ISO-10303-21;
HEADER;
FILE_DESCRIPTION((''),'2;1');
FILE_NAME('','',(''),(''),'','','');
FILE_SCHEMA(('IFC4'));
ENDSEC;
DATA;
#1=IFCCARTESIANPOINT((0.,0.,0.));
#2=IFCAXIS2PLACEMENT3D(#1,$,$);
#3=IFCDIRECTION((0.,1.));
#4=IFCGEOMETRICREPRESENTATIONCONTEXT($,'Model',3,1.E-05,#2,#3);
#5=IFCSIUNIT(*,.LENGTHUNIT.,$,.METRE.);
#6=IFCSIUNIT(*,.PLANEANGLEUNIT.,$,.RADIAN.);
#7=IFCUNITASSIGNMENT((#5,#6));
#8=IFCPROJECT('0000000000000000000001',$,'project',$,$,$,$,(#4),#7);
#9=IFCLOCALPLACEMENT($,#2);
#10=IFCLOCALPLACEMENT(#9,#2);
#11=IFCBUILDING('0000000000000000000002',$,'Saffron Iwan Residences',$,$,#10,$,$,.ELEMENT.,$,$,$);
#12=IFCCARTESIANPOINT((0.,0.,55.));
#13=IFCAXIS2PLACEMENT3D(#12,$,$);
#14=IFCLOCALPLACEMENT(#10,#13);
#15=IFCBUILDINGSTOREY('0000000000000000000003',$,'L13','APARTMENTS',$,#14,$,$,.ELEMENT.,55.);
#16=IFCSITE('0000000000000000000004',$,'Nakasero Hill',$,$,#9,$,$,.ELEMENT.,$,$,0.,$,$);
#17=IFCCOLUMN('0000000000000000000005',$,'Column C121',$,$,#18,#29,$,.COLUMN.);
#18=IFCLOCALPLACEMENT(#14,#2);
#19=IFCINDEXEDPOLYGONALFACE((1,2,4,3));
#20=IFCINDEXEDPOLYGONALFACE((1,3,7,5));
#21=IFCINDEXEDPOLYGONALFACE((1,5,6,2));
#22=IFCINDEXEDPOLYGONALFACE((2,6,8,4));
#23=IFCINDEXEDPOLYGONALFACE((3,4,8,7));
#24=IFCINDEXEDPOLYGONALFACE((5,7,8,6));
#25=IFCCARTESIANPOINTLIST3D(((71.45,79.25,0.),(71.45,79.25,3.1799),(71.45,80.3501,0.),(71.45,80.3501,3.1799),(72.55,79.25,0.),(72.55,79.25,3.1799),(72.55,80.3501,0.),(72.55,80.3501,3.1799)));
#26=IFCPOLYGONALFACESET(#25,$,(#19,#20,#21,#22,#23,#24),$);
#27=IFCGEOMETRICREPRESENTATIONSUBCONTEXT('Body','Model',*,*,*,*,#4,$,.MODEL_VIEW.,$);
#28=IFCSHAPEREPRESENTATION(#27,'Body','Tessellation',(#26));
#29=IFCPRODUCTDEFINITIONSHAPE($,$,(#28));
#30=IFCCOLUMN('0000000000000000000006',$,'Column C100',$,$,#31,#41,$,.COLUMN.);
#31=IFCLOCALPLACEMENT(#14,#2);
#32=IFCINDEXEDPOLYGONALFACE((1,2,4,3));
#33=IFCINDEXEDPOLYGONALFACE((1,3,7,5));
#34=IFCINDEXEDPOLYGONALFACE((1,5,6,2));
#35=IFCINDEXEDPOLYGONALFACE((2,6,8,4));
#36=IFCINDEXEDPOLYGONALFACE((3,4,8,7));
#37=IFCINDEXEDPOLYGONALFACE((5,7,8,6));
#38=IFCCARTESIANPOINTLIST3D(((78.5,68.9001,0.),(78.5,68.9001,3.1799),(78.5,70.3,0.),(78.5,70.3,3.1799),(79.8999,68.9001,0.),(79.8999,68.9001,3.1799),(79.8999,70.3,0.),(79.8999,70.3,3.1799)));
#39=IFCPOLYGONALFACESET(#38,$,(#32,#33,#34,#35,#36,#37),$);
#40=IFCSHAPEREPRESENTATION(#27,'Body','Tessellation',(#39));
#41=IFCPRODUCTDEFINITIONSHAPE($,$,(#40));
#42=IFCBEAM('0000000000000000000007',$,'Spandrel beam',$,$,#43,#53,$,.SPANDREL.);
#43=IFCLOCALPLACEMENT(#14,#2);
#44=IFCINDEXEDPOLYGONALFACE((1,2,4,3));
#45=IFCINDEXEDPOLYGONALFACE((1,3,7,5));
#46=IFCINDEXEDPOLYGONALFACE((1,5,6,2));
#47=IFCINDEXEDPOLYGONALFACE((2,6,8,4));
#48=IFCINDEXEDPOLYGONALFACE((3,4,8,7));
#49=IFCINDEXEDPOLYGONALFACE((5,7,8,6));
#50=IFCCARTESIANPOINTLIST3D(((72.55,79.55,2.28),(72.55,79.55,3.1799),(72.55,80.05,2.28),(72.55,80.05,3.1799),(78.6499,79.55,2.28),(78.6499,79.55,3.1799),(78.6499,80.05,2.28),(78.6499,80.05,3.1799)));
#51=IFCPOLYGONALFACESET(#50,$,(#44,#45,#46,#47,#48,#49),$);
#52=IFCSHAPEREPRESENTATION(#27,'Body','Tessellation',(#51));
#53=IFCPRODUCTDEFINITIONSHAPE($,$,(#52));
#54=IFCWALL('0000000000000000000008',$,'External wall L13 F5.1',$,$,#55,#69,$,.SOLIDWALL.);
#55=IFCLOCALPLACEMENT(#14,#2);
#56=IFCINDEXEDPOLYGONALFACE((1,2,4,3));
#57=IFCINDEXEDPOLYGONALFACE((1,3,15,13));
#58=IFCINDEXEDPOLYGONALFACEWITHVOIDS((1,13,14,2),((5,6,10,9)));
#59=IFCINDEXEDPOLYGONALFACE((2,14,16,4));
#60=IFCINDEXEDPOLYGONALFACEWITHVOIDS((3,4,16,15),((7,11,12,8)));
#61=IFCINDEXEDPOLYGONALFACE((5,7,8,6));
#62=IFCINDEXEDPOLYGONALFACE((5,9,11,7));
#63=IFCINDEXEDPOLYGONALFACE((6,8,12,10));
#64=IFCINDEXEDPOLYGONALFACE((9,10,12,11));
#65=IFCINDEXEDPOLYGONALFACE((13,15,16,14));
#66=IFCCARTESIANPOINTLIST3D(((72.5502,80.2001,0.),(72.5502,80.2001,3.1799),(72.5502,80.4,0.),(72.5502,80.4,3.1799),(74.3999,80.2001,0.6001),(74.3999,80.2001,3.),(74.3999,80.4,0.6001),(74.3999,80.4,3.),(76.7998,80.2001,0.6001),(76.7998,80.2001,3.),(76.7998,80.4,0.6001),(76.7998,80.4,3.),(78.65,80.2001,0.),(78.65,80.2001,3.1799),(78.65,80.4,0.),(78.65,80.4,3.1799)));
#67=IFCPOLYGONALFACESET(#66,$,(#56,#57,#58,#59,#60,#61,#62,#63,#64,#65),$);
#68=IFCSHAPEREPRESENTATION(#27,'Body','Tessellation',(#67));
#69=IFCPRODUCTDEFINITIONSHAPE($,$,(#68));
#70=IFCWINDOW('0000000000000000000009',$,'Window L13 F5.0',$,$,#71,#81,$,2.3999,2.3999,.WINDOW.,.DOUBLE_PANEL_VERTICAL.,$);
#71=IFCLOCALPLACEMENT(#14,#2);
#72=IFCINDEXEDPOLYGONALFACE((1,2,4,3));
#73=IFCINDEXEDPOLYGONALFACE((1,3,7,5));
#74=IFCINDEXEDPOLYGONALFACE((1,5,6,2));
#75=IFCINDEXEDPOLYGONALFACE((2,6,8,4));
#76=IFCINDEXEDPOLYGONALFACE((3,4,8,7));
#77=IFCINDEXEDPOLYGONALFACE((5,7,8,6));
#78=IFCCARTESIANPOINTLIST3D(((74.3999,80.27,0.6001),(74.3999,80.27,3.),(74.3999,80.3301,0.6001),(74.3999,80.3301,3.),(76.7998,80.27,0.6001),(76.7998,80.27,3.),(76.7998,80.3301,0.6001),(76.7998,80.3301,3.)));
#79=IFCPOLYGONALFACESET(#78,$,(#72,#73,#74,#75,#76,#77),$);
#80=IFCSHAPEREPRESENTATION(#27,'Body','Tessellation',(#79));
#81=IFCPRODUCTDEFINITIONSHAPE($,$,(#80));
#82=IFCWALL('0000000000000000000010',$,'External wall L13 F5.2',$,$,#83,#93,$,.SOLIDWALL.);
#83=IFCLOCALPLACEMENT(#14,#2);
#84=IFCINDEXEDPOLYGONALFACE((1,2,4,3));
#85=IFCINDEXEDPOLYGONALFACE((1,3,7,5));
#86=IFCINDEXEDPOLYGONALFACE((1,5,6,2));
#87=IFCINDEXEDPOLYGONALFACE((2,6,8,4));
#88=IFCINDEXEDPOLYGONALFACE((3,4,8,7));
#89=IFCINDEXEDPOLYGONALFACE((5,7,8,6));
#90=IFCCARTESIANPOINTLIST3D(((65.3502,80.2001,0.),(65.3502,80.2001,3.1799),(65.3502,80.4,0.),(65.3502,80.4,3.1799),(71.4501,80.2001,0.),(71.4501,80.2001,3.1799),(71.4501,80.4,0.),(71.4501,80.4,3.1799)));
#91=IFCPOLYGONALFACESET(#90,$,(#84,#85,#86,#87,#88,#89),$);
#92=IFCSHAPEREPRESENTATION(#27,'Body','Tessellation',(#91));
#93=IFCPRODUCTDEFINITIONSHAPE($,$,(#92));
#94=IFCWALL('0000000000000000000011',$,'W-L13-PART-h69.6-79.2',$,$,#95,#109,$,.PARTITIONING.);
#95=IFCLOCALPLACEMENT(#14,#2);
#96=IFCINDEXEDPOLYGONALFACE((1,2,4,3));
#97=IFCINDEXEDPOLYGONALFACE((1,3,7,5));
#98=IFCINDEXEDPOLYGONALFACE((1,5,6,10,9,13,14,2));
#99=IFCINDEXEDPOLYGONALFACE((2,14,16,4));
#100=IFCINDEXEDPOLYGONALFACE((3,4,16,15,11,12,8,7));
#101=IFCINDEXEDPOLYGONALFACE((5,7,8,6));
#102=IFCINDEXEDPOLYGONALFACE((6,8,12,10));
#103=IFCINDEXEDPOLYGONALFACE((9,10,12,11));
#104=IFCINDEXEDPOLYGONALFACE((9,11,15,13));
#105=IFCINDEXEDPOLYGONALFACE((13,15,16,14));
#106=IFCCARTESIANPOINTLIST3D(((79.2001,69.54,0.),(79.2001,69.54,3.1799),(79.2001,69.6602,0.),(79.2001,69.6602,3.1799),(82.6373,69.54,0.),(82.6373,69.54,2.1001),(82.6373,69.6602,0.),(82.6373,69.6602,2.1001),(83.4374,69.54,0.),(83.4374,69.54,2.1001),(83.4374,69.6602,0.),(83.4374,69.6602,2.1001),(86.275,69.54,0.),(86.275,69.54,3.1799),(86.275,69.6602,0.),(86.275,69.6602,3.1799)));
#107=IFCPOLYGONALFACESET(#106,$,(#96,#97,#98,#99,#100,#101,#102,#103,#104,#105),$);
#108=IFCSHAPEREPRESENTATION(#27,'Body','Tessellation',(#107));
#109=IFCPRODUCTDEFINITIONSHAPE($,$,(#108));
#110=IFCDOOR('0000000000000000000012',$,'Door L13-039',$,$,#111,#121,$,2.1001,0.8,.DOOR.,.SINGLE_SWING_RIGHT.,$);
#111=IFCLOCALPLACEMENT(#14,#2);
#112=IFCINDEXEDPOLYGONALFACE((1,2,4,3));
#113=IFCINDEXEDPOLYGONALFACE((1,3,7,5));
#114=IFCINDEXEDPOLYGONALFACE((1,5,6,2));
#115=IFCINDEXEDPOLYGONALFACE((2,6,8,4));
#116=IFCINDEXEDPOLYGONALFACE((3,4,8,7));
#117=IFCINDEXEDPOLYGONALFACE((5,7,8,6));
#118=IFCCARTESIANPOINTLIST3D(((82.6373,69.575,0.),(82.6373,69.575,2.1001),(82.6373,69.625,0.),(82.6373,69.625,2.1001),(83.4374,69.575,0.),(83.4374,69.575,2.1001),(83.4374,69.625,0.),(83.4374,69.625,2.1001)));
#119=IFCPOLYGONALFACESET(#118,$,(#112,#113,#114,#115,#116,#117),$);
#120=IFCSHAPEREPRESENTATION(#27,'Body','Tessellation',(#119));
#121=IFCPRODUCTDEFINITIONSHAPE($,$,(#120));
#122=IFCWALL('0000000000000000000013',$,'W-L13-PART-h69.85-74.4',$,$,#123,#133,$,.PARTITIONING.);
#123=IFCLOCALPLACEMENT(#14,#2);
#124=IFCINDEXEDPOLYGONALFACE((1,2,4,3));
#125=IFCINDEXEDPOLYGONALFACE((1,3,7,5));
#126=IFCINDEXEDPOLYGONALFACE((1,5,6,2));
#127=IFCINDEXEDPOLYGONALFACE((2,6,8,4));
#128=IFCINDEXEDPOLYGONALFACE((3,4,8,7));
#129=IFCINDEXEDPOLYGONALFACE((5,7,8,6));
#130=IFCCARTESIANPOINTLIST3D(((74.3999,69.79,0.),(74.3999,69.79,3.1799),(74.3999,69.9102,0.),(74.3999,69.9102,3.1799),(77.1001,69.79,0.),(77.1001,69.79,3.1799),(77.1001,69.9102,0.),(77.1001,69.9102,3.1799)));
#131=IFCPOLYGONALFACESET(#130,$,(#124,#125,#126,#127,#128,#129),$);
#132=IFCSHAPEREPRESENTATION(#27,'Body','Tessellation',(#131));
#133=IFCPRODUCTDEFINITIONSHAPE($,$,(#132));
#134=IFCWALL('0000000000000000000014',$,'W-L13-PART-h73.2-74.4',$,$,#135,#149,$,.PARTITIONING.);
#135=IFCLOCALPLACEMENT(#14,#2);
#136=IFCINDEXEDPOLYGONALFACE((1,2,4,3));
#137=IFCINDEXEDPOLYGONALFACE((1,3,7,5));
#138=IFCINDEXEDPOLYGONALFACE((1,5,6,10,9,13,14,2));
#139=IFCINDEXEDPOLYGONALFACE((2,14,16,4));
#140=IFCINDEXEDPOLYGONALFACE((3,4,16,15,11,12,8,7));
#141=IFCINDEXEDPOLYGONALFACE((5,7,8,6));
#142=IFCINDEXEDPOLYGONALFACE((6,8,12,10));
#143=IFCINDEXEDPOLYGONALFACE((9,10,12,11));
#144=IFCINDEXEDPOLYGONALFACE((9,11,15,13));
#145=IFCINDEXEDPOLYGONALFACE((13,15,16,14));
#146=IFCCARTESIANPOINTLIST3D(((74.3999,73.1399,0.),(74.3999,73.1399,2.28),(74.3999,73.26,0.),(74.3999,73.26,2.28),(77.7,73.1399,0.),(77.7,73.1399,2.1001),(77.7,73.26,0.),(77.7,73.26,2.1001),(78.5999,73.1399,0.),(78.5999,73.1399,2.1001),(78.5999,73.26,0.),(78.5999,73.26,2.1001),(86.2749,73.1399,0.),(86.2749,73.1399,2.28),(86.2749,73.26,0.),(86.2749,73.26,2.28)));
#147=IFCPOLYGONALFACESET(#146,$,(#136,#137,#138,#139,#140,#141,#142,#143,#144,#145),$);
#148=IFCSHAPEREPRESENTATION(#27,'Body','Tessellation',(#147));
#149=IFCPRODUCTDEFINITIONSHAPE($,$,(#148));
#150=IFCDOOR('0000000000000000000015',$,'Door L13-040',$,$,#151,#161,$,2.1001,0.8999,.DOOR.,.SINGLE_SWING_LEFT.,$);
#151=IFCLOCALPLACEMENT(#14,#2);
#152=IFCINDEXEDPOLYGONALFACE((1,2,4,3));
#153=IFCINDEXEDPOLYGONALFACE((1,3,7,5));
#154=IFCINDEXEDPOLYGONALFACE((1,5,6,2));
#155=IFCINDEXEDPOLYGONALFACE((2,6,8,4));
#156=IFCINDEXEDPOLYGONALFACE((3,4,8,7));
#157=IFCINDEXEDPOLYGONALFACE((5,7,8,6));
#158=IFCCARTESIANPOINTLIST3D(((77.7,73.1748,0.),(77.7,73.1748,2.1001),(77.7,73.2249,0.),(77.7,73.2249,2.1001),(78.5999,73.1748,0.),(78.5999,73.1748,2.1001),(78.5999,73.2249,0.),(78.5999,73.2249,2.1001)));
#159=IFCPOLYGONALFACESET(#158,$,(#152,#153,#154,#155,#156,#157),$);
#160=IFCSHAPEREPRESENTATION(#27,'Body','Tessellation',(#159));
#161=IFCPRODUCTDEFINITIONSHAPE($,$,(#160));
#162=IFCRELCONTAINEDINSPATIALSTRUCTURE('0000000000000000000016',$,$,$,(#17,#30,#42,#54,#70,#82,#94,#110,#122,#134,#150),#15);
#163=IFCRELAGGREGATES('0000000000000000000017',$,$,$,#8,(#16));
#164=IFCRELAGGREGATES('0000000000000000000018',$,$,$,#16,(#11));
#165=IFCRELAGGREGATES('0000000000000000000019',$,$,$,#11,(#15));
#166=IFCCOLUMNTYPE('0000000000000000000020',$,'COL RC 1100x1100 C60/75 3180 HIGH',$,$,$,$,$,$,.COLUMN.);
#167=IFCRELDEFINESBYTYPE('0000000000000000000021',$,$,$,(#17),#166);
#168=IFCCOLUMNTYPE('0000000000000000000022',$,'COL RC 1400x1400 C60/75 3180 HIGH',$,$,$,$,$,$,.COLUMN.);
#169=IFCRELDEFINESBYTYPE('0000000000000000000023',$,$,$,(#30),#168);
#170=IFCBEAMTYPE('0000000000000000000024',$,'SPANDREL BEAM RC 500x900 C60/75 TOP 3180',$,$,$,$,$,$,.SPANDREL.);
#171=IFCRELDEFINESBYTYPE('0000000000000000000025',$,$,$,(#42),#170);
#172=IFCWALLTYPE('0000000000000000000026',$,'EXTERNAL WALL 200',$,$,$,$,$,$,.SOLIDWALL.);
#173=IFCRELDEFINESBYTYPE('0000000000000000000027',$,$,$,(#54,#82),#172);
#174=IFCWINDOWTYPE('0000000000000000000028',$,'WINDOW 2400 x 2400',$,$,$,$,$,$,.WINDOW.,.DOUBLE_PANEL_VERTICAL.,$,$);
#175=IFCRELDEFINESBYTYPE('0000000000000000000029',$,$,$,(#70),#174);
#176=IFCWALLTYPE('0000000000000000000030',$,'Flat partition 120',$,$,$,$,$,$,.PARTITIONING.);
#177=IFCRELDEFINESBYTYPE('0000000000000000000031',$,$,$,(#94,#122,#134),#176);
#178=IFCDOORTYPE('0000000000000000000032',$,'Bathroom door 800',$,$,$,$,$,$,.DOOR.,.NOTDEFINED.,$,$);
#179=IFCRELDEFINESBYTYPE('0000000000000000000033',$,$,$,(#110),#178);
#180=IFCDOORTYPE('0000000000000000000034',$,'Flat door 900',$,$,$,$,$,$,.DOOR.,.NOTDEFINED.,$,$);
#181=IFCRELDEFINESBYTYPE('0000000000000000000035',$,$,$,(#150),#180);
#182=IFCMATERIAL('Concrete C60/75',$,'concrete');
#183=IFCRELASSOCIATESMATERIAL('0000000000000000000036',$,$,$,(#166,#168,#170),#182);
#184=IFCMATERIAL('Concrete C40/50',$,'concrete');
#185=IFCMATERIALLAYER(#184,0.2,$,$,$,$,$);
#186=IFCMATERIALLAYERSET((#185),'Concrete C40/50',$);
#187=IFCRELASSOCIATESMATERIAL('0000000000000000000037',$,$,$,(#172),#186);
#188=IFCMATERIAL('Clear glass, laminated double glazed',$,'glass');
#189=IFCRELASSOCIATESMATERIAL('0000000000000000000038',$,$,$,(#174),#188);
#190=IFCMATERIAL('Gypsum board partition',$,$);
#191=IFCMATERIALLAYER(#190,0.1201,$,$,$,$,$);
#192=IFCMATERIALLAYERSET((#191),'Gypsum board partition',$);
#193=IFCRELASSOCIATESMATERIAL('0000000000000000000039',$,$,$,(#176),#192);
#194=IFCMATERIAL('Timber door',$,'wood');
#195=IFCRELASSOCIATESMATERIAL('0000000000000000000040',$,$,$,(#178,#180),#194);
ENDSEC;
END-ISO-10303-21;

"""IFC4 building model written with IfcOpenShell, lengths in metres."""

from ifc_helpers import new_model, si_unit, direction, frame, frame_2d, origin, origin_2d, place, context, subcontext, project, spatial, rectangle, extrude, source, transform, mapped, material, layer, layer_set, material_profile, profile_set, type_object, element, fill, save


model = new_model("IFC4")

# Units and contexts
model_context = context("Model", 3, precision=1e-05, world=origin(), true_north=direction((0.0, 1.0)))
body_context = subcontext(model_context, "Body", "Model", "MODEL_VIEW")
ifc_project = project(units=[si_unit("LENGTHUNIT", "METRE"), si_unit("PLANEANGLEUNIT", "RADIAN")], contexts=[model_context])

# Site, building, storey
site_placement = place(None, origin())
site = spatial("IfcSite", under=ifc_project, at=site_placement, Name="Nakasero Hill", CompositionType="ELEMENT", RefElevation=0.0)
building_placement = place(site_placement, origin())
building = spatial("IfcBuilding", under=site, at=building_placement, Name="Saffron Iwan Residences", CompositionType="ELEMENT")
storey_placement = place(building_placement, frame((0.0, 0.0, 55.0)))
storey = spatial("IfcBuildingStorey", under=building, at=storey_placement, Name="L13", Description="APARTMENTS", CompositionType="ELEMENT", Elevation=55.0)

# Columns
ifc_material_1 = material(Name="Concrete C60/75", Category="concrete")
ifc_material_profile_1 = material_profile(ifc_material_1, rectangle(XDim=1.1001, YDim=1.1001, at=origin_2d()), Name="RC 1100x1100")
ifc_profile_set_1 = profile_set([ifc_material_profile_1], Name="Concrete C60/75")
column_type_1 = type_object("IfcColumnType", Name="COL RC 1100x1100 C60/75 3180 HIGH", PredefinedType="COLUMN", material=ifc_profile_set_1)
shared_shape_1 = source(origin(), body_context, "Body", "SweptSolid", [
    extrude(rectangle(XDim=1.1001, YDim=1.1001, at=origin_2d()), origin(), (0.0, 0.0, 1.0), 3.1799),
])
column_1_placement = place(storey_placement, frame((72.0, 79.8, 0.0), z_axis=(0.0, 0.0, 1.0), x_axis=(1.0, 0.0, 0.0)))
element("IfcColumn", 1, at=column_1_placement, inside=storey, type_object=column_type_1, Name="Column C121", PredefinedType="COLUMN", context=body_context, shape_type="MappedRepresentation", body=[
    mapped(shared_shape_1, transform((0.0, 0.0, 0.0))),
])
ifc_material_profile_2 = material_profile(ifc_material_1, rectangle(XDim=1.3999, YDim=1.3999, at=origin_2d()), Name="RC 1400x1400")
ifc_profile_set_2 = profile_set([ifc_material_profile_2], Name="Concrete C60/75")
column_type_2 = type_object("IfcColumnType", Name="COL RC 1400x1400 C60/75 3180 HIGH", PredefinedType="COLUMN", material=ifc_profile_set_2)
shared_shape_2 = source(origin(), body_context, "Body", "SweptSolid", [
    extrude(rectangle(XDim=1.3999, YDim=1.3999, at=origin_2d()), origin(), (0.0, 0.0, 1.0), 3.1799),
])
column_2_placement = place(storey_placement, frame((79.2, 69.6001, 0.0), z_axis=(0.0, 0.0, 1.0), x_axis=(1.0, 0.0, 0.0)))
element("IfcColumn", 2, at=column_2_placement, inside=storey, type_object=column_type_2, Name="Column C100", PredefinedType="COLUMN", context=body_context, shape_type="MappedRepresentation", body=[
    mapped(shared_shape_2, transform((0.0, 0.0, 0.0))),
])

# Beam
ifc_material_profile_3 = material_profile(ifc_material_1, rectangle(XDim=0.5, YDim=0.8999, at=origin_2d()), Name="RC 500x900")
ifc_profile_set_3 = profile_set([ifc_material_profile_3], Name="Concrete C60/75")
beam_type = type_object("IfcBeamType", Name="SPANDREL BEAM RC 500x900 C60/75 TOP 3180", PredefinedType="SPANDREL", material=ifc_profile_set_3)
shared_shape_3 = source(origin(), body_context, "Body", "SweptSolid", [
    extrude(rectangle(XDim=0.5, YDim=0.8999, at=origin_2d()), origin(), (0.0, 0.0, 1.0), 6.0999),
])
beam_placement = place(storey_placement, frame((72.55, 79.8, 2.73), z_axis=(1.0, 0.0, 0.0), x_axis=(0.0, 1.0, 0.0)))
element("IfcBeam", 3, at=beam_placement, inside=storey, type_object=beam_type, Name="Spandrel beam", PredefinedType="SPANDREL", context=body_context, shape_type="MappedRepresentation", body=[
    mapped(shared_shape_3, transform((0.0, 0.0, 0.0))),
])

# Wall, opening, window
ifc_material_2 = material(Name="Concrete C40/50", Category="concrete")
ifc_layer_1 = layer(ifc_material_2, 0.2)
ifc_layer_set_1 = layer_set([ifc_layer_1], Name="Concrete C40/50")
wall_type_1 = type_object("IfcWallType", Name="EXTERNAL WALL 200", PredefinedType="SOLIDWALL", material=ifc_layer_set_1)
wall_1_placement = place(storey_placement, frame((78.6499, 80.3, 0.0), z_axis=(0.0, 0.0, 1.0), x_axis=(-1.0, 0.0, 0.0)))
wall_1 = element("IfcWall", 4, at=wall_1_placement, inside=storey, type_object=wall_type_1, Name="External wall L13 F5.1", PredefinedType="SOLIDWALL", context=body_context, shape_type="SweptSolid", body=[
    extrude(rectangle(XDim=6.0999, YDim=0.2, at=frame_2d((3.0498, 0.0))), origin(), (0.0, 0.0, 1.0), 3.1799),
])
opening_1_placement = place(wall_1_placement, frame((1.8501, 0.0, 0.6001)))
opening_1 = element("IfcOpeningElement", 5, at=opening_1_placement, cuts=wall_1, PredefinedType="OPENING", context=body_context, shape_type="SweptSolid", body=[
    extrude(rectangle(XDim=2.3999, YDim=2.3999, at=frame_2d((1.2, 1.2))), frame((0.0, 0.1099, 0.0), z_axis=(0.0, -1.0, 0.0), x_axis=(1.0, 0.0, 0.0)), (0.0, 0.0, 1.0), 0.22),
])
ifc_material_3 = material(Name="Clear glass, laminated double glazed", Category="glass")
window_type = type_object("IfcWindowType", Name="WINDOW 2400 x 2400", PartitioningType="DOUBLE_PANEL_VERTICAL", PredefinedType="WINDOW", material=ifc_material_3)
window_placement = place(opening_1_placement, origin())
window = element("IfcWindow", 6, at=window_placement, inside=storey, type_object=window_type, Name="Window L13 F5.0", OverallHeight=2.3999, OverallWidth=2.3999, PartitioningType="DOUBLE_PANEL_VERTICAL", PredefinedType="WINDOW", context=body_context, shape_type="SweptSolid", body=[
    extrude(rectangle(XDim=2.3999, YDim=2.3999, at=frame_2d((1.2, 1.2))), frame((0.0, 0.03, 0.0), z_axis=(0.0, -1.0, 0.0), x_axis=(1.0, 0.0, 0.0)), (0.0, 0.0, 1.0), 0.0601),
])
fill(opening_1, window)

# Wall
wall_2_placement = place(storey_placement, frame((71.45, 80.3, 0.0), z_axis=(0.0, 0.0, 1.0), x_axis=(-1.0, 0.0, 0.0)))
element("IfcWall", 7, at=wall_2_placement, inside=storey, type_object=wall_type_1, Name="External wall L13 F5.2", PredefinedType="SOLIDWALL", context=body_context, shape_type="SweptSolid", body=[
    extrude(rectangle(XDim=6.0999, YDim=0.2, at=frame_2d((3.0498, 0.0))), origin(), (0.0, 0.0, 1.0), 3.1799),
])

# Wall, opening, door
ifc_material_4 = material(Name="Gypsum board partition")
ifc_layer_2 = layer(ifc_material_4, 0.1201)
ifc_layer_set_2 = layer_set([ifc_layer_2], Name="Gypsum board partition")
wall_type_2 = type_object("IfcWallType", Name="Flat partition 120", PredefinedType="PARTITIONING", material=ifc_layer_set_2)
wall_3_placement = place(storey_placement, frame((79.2, 69.6001, 0.0), z_axis=(0.0, 0.0, 1.0), x_axis=(1.0, 0.0, 0.0)))
wall_3 = element("IfcWall", 8, at=wall_3_placement, inside=storey, type_object=wall_type_2, Name="W-L13-PART-h69.6-79.2", PredefinedType="PARTITIONING", context=body_context, shape_type="SweptSolid", body=[
    extrude(rectangle(XDim=7.075, YDim=0.1201, at=frame_2d((3.5376, 0.0))), origin(), (0.0, 0.0, 1.0), 3.1799),
])
opening_2_placement = place(wall_3_placement, frame((3.4375, 0.0, 0.0)))
opening_2 = element("IfcOpeningElement", 9, at=opening_2_placement, cuts=wall_3, PredefinedType="OPENING", context=body_context, shape_type="SweptSolid", body=[
    extrude(rectangle(XDim=0.8, YDim=2.1001, at=frame_2d((0.3999, 1.05))), frame((0.0, 0.0701, 0.0), z_axis=(0.0, -1.0, 0.0), x_axis=(1.0, 0.0, 0.0)), (0.0, 0.0, 1.0), 0.1401),
])
ifc_material_5 = material(Name="Timber door", Category="wood")
door_type_1 = type_object("IfcDoorType", Name="Bathroom door 800", OperationType="NOTDEFINED", PredefinedType="DOOR", material=ifc_material_5)
door_1_placement = place(opening_2_placement, origin())
door_1 = element("IfcDoor", 10, at=door_1_placement, inside=storey, type_object=door_type_1, Name="Door L13-039", OperationType="SINGLE_SWING_RIGHT", OverallHeight=2.1001, OverallWidth=0.8, PredefinedType="DOOR", context=body_context, shape_type="SweptSolid", body=[
    extrude(rectangle(XDim=0.8, YDim=2.1001, at=frame_2d((0.3999, 1.05))), frame((0.0, 0.0249, 0.0), z_axis=(0.0, -1.0, 0.0), x_axis=(1.0, 0.0, 0.0)), (0.0, 0.0, 1.0), 0.05),
])
fill(opening_2, door_1)

# Wall
wall_4_placement = place(storey_placement, frame((74.3999, 69.8501, 0.0), z_axis=(0.0, 0.0, 1.0), x_axis=(1.0, 0.0, 0.0)))
element("IfcWall", 11, at=wall_4_placement, inside=storey, type_object=wall_type_2, Name="W-L13-PART-h69.85-74.4", PredefinedType="PARTITIONING", context=body_context, shape_type="SweptSolid", body=[
    extrude(rectangle(XDim=2.7002, YDim=0.1201, at=frame_2d((1.3501, 0.0))), origin(), (0.0, 0.0, 1.0), 3.1799),
])

# Wall, opening, door
wall_5_placement = place(storey_placement, frame((74.3999, 73.2, 0.0), z_axis=(0.0, 0.0, 1.0), x_axis=(1.0, 0.0, 0.0)))
wall_5 = element("IfcWall", 12, at=wall_5_placement, inside=storey, type_object=wall_type_2, Name="W-L13-PART-h73.2-74.4", PredefinedType="PARTITIONING", context=body_context, shape_type="SweptSolid", body=[
    extrude(rectangle(XDim=11.875, YDim=0.1201, at=frame_2d((5.9375, 0.0))), origin(), (0.0, 0.0, 1.0), 2.28),
])
opening_3_placement = place(wall_5_placement, frame((3.3, 0.0, 0.0)))
opening_3 = element("IfcOpeningElement", 13, at=opening_3_placement, cuts=wall_5, PredefinedType="OPENING", context=body_context, shape_type="SweptSolid", body=[
    extrude(rectangle(XDim=0.8999, YDim=2.1001, at=frame_2d((0.45, 1.05))), frame((0.0, 0.0701, 0.0), z_axis=(0.0, -1.0, 0.0), x_axis=(1.0, 0.0, 0.0)), (0.0, 0.0, 1.0), 0.1401),
])
door_type_2 = type_object("IfcDoorType", Name="Flat door 900", OperationType="NOTDEFINED", PredefinedType="DOOR", material=ifc_material_5)
door_2_placement = place(opening_3_placement, origin())
door_2 = element("IfcDoor", 14, at=door_2_placement, inside=storey, type_object=door_type_2, Name="Door L13-040", OperationType="SINGLE_SWING_LEFT", OverallHeight=2.1001, OverallWidth=0.8999, PredefinedType="DOOR", context=body_context, shape_type="SweptSolid", body=[
    extrude(rectangle(XDim=0.8999, YDim=2.1001, at=frame_2d((0.45, 1.05))), frame((0.0, 0.0249, 0.0), z_axis=(0.0, -1.0, 0.0), x_axis=(1.0, 0.0, 0.0)), (0.0, 0.0, 1.0), 0.05),
])
fill(opening_3, door_2)

save(model, "model.ifc")
